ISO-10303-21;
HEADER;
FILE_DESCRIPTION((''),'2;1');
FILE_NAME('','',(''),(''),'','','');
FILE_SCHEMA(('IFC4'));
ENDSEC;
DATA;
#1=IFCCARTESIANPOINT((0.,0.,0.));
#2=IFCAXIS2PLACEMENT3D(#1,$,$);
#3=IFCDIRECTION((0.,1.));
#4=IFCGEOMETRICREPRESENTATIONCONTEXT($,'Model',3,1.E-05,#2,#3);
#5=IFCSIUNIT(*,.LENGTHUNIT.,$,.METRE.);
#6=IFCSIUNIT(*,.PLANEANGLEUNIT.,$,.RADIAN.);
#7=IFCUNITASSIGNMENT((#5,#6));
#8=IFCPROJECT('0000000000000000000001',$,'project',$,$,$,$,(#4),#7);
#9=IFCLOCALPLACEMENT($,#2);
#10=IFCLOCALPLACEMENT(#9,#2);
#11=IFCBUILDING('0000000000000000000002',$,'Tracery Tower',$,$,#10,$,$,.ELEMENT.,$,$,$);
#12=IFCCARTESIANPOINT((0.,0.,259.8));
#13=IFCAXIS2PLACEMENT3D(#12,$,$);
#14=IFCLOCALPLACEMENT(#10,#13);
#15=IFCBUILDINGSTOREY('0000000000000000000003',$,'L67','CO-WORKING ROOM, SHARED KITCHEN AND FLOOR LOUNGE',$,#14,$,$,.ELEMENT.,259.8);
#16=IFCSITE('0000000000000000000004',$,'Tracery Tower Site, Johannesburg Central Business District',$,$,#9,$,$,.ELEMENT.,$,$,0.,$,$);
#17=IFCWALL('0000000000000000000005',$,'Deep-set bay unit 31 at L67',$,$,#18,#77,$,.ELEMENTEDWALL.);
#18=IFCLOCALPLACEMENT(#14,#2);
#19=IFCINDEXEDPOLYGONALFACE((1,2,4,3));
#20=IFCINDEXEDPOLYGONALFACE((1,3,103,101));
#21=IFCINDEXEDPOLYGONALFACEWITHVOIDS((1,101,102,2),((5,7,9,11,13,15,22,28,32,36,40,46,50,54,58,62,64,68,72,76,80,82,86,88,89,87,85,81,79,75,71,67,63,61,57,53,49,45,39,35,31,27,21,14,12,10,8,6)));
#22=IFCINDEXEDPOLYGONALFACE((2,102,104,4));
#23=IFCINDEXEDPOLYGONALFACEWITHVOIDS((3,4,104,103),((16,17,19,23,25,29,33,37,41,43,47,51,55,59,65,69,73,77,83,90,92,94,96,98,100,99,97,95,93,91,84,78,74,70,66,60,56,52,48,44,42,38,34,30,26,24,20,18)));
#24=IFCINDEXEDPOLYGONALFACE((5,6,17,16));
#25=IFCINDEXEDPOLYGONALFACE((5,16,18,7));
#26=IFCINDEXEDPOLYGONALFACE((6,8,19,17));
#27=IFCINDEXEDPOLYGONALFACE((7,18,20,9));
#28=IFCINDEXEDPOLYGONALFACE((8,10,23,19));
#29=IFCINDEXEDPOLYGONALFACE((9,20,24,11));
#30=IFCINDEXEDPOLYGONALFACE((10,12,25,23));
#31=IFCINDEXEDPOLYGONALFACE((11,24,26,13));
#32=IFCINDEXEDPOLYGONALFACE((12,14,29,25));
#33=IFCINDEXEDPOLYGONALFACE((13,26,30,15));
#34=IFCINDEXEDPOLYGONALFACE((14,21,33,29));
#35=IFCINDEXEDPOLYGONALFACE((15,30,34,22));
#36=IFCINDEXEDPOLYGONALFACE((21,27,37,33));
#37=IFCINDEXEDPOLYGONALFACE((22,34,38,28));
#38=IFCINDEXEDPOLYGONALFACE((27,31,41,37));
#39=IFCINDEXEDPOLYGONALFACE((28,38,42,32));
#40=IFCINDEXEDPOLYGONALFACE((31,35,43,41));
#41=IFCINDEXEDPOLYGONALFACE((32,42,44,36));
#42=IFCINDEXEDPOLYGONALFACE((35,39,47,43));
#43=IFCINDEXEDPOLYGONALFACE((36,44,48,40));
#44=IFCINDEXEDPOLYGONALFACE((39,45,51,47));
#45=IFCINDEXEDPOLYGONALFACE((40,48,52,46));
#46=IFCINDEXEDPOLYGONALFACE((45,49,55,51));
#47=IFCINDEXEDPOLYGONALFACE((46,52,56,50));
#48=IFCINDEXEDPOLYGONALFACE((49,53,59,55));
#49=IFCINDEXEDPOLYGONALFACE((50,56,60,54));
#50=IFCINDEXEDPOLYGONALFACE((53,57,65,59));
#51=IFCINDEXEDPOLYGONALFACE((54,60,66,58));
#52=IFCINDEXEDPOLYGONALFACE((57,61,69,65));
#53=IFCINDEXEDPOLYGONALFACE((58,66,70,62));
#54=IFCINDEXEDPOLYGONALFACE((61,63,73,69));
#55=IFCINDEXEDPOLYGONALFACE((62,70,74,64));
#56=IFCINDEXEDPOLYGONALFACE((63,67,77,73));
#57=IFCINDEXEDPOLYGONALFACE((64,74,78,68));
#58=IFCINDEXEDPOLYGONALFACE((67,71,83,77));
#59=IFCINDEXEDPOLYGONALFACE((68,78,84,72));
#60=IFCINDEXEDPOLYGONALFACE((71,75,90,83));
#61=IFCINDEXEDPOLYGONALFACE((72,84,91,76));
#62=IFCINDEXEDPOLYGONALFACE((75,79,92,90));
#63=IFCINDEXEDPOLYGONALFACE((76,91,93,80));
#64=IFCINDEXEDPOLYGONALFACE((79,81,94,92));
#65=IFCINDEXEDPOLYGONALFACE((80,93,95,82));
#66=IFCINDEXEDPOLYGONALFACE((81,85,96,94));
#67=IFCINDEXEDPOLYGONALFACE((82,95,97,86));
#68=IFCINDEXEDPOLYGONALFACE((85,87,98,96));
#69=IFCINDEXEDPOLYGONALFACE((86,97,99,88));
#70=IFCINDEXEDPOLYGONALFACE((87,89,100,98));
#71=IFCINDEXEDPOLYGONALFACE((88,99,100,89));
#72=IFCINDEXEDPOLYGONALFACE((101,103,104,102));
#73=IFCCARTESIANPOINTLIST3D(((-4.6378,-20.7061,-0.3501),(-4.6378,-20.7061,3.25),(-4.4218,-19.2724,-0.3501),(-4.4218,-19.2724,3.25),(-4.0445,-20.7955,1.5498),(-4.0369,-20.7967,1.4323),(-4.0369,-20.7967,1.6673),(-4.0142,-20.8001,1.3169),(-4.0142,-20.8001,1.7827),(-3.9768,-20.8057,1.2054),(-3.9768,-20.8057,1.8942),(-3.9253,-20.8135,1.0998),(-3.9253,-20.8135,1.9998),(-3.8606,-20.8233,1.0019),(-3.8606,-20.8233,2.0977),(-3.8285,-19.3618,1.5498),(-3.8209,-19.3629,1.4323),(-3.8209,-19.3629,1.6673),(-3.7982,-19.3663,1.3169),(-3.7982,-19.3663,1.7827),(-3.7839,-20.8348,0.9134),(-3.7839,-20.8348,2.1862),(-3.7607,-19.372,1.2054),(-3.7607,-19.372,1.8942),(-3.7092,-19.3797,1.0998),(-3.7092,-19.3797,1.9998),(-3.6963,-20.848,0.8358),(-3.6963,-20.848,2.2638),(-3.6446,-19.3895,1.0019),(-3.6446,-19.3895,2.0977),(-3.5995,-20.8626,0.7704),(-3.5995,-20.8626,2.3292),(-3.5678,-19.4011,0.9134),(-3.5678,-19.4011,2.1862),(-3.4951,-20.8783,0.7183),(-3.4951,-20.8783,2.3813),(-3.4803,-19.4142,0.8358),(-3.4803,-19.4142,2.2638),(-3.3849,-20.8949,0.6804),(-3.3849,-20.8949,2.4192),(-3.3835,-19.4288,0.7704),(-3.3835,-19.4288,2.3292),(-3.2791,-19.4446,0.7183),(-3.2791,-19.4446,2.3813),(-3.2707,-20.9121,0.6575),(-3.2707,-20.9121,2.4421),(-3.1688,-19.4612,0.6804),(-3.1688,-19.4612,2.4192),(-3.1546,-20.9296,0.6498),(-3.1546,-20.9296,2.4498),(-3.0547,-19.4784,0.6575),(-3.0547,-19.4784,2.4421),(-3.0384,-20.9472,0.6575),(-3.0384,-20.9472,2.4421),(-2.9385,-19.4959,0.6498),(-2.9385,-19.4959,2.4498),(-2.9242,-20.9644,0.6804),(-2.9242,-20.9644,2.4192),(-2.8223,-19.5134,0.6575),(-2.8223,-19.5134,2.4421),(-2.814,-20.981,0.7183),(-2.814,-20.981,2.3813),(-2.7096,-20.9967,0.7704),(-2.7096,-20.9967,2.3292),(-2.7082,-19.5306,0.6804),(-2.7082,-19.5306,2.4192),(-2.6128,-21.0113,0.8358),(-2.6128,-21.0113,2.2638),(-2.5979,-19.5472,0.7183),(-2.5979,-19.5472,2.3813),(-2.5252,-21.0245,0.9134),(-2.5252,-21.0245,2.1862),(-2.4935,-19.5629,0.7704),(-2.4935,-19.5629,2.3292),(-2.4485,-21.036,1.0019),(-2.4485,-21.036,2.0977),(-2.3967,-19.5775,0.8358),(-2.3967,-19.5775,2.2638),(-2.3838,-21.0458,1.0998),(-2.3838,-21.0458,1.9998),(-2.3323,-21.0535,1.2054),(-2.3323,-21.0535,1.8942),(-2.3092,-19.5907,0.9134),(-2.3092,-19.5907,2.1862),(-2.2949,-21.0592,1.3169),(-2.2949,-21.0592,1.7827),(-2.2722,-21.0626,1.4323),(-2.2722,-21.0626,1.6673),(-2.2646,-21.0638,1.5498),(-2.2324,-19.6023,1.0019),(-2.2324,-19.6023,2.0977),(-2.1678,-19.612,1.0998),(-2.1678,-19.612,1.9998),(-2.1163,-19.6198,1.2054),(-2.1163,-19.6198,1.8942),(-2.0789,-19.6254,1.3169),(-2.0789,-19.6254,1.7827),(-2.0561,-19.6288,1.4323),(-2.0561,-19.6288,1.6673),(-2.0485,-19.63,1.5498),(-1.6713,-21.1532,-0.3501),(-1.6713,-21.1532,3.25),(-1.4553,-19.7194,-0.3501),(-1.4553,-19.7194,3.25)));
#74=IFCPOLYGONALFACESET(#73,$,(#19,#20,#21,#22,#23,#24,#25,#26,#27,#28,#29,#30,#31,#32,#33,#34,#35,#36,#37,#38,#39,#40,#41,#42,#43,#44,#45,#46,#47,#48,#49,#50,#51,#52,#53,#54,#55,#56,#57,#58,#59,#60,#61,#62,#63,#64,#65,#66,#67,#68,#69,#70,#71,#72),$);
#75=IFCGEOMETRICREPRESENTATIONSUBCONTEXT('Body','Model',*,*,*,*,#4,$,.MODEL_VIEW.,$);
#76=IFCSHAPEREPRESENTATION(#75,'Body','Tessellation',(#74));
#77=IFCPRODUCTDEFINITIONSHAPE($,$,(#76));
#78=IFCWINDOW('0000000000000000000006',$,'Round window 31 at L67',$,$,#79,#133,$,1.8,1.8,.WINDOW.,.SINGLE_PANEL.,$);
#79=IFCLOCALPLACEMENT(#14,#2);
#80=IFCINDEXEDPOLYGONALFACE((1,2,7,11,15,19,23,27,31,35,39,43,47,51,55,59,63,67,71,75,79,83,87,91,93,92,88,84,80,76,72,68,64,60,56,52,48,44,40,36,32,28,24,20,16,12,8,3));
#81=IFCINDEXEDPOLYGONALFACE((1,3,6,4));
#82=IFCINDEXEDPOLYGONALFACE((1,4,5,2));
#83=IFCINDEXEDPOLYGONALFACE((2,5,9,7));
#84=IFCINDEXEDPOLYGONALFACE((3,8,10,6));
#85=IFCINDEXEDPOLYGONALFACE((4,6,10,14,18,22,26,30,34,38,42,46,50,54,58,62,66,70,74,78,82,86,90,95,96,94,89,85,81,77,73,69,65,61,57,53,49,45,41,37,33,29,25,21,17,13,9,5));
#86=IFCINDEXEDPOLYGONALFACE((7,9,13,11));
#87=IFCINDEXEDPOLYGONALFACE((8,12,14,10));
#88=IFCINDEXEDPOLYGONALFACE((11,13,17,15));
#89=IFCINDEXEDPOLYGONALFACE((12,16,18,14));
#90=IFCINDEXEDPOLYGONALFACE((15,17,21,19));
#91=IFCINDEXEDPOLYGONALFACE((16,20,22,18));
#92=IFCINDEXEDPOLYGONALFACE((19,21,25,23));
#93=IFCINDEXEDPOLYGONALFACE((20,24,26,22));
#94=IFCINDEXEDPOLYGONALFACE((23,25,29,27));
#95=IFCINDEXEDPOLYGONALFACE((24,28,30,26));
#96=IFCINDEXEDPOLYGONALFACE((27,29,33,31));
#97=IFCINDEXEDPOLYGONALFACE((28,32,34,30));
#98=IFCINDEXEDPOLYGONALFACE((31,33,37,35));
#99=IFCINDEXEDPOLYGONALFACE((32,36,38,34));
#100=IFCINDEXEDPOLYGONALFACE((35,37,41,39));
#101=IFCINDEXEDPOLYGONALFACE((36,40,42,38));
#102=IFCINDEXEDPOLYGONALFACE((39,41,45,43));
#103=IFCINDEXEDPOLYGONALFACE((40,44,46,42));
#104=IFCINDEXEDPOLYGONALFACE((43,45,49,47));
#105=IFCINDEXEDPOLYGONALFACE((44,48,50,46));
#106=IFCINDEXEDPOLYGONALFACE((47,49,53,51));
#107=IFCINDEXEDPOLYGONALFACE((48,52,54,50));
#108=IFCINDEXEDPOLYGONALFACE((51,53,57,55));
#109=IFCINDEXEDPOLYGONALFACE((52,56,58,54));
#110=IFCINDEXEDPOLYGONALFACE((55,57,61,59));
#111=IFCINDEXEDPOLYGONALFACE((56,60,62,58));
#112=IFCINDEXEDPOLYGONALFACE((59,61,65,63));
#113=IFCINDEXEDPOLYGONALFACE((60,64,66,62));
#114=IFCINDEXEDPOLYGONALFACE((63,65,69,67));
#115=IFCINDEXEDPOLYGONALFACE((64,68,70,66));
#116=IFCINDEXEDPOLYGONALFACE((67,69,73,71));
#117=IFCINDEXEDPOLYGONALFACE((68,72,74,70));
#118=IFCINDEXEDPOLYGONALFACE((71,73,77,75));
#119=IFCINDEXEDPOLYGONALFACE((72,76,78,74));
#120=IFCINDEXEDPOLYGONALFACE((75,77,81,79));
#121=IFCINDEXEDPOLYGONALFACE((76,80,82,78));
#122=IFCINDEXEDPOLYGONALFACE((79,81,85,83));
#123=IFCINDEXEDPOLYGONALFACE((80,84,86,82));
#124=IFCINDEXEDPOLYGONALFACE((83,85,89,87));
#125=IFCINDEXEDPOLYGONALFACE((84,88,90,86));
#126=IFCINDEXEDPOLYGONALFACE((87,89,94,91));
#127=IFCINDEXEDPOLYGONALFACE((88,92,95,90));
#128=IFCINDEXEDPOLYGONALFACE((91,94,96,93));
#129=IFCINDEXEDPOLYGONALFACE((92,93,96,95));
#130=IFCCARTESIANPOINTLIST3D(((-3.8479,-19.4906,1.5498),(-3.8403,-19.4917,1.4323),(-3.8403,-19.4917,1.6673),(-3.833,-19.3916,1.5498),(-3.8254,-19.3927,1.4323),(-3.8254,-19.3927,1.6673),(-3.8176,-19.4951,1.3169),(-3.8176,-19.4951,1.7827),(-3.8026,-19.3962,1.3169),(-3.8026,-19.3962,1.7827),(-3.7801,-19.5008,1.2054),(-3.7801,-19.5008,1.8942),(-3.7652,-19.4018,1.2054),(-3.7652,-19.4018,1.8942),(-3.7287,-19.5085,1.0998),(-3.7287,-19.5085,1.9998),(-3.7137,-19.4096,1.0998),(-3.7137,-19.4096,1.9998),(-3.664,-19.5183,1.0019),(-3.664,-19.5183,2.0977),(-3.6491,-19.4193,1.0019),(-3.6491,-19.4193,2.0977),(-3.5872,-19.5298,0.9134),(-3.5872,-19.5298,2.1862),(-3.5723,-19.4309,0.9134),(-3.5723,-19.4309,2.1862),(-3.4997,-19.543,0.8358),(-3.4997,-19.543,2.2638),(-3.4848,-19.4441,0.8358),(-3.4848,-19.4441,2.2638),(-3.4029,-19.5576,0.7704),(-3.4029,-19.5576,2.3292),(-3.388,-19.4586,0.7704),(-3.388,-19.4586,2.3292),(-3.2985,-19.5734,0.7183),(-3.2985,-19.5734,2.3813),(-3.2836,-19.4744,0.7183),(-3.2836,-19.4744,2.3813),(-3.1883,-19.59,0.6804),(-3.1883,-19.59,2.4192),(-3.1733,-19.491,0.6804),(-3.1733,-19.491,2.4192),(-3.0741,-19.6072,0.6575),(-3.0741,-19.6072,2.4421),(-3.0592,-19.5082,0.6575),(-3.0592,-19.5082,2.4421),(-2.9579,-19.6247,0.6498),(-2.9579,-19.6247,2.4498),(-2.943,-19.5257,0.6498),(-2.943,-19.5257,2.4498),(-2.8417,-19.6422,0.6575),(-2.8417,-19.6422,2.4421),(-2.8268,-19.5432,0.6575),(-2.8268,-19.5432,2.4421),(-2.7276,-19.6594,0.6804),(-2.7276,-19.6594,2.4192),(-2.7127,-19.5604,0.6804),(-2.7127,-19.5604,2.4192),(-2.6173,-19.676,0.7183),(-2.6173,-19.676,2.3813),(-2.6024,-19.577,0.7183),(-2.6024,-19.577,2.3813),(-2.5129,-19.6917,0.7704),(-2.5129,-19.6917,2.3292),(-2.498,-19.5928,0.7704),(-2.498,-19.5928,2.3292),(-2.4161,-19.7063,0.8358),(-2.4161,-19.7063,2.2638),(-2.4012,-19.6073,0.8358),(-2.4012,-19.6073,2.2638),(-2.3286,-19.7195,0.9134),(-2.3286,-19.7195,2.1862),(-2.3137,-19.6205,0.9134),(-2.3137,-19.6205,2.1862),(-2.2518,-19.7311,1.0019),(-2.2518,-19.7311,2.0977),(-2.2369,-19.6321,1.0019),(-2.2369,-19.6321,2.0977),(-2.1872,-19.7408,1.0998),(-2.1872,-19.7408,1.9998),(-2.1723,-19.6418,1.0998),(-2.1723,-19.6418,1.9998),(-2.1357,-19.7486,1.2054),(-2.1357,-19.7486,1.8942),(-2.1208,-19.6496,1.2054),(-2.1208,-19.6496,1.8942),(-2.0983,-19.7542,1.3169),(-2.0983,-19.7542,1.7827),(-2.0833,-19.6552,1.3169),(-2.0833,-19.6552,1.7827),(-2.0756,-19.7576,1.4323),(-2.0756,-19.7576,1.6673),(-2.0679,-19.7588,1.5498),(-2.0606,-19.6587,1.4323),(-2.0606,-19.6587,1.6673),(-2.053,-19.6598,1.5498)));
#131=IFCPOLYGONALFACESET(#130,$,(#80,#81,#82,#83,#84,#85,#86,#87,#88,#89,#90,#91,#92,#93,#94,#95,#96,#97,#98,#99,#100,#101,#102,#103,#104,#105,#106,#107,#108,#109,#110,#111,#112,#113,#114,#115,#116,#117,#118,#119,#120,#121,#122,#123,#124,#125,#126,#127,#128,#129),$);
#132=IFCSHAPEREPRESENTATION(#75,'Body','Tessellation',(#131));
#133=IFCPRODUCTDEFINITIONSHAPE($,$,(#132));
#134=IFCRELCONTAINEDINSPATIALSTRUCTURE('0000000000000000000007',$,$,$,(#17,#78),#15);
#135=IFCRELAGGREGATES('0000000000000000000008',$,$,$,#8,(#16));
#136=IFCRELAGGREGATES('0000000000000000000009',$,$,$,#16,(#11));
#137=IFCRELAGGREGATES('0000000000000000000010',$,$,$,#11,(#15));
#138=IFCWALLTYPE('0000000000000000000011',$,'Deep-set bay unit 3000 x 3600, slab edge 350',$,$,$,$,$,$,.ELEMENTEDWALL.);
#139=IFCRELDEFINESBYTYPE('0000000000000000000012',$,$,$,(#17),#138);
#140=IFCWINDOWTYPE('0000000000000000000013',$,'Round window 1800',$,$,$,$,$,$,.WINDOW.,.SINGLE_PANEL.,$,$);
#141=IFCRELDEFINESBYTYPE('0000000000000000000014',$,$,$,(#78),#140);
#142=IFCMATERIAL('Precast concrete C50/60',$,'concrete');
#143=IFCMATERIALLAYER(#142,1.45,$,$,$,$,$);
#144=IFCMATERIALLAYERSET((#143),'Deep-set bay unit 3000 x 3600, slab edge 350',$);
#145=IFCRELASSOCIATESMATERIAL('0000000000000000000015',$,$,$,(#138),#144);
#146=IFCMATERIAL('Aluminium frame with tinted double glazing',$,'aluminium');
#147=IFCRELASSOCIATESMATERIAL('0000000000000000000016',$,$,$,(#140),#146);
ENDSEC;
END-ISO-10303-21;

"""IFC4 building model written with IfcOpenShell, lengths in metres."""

from ifc_helpers import new_model, si_unit, direction, frame, frame_2d, origin, origin_2d, place, context, subcontext, project, spatial, rectangle, circle, extrude, material, layer, layer_set, type_object, element, fill, save


model = new_model("IFC4")

# Units and contexts
model_context = context("Model", 3, precision=1e-05, world=origin(), true_north=direction((0.0, 1.0)))
body_context = subcontext(model_context, "Body", "Model", "MODEL_VIEW")
ifc_project = project(units=[si_unit("LENGTHUNIT", "METRE"), si_unit("PLANEANGLEUNIT", "RADIAN")], contexts=[model_context])

# Site, building, storey
site_placement = place(None, origin())
site = spatial("IfcSite", under=ifc_project, at=site_placement, Name="Tracery Tower Site, Johannesburg Central Business District", CompositionType="ELEMENT", RefElevation=0.0)
building_placement = place(site_placement, origin())
building = spatial("IfcBuilding", under=site, at=building_placement, Name="Tracery Tower", CompositionType="ELEMENT")
storey_placement = place(building_placement, frame((0.0, 0.0, 259.8)))
storey = spatial("IfcBuildingStorey", under=building, at=storey_placement, Name="L67", Description="CO-WORKING ROOM, SHARED KITCHEN AND FLOOR LOUNGE", CompositionType="ELEMENT", Elevation=259.8)

# Wall, opening, window
ifc_material_1 = material(Name="Precast concrete C50/60", Category="concrete")
ifc_layer_1 = layer(ifc_material_1, 1.45)
ifc_layer_set_1 = layer_set([ifc_layer_1], Name="Deep-set bay unit 3000 x 3600, slab edge 350")
wall_type_1 = type_object("IfcWallType", Name="Deep-set bay unit 3000 x 3600, slab edge 350", PredefinedType="ELEMENTEDWALL", material=ifc_layer_set_1)
wall_1_placement = place(storey_placement, frame((-4.5298, -19.9893, -0.3501), z_axis=(0.0, 0.0, 1.0), x_axis=(0.988836, -0.149005, 0.0)))
wall_1 = element("IfcWall", 1, at=wall_1_placement, inside=storey, type_object=wall_type_1, Name="Deep-set bay unit 31 at L67", PredefinedType="ELEMENTEDWALL", context=body_context, shape_type="SweptSolid", body=[
    extrude(rectangle(XDim=3.0, YDim=1.45, at=frame_2d((1.5, 0.0))), origin(), (0.0, 0.0, 1.0), 3.6001),
])
opening_1_placement = place(wall_1_placement, frame((1.5, 0.0, 1.8999)))
opening_1 = element("IfcOpeningElement", 2, at=opening_1_placement, cuts=wall_1, PredefinedType="OPENING", context=body_context, shape_type="SweptSolid", body=[
    extrude(circle(Radius=0.9, at=origin_2d()), frame((0.0, 0.7349, 0.0), z_axis=(0.0, -1.0, 0.0), x_axis=(1.0, 0.0, 0.0)), (0.0, 0.0, 1.0), 1.47),
])
ifc_material_2 = material(Name="Aluminium frame with tinted double glazing", Category="aluminium")
window_type = type_object("IfcWindowType", Name="Round window 1800", PartitioningType="SINGLE_PANEL", PredefinedType="WINDOW", material=ifc_material_2)
window_1_placement = place(opening_1_placement, origin())
window_1 = element("IfcWindow", 3, at=window_1_placement, inside=storey, type_object=window_type, Name="Round window 31 at L67", OverallHeight=1.8, OverallWidth=1.8, PartitioningType="SINGLE_PANEL", PredefinedType="WINDOW", context=body_context, shape_type="SweptSolid", body=[
    extrude(circle(Radius=0.9, at=origin_2d()), frame((0.0, 0.6948, 0.0), z_axis=(0.0, -1.0, 0.0), x_axis=(1.0, 0.0, 0.0)), (0.0, 0.0, 1.0), 0.1001),
])
fill(opening_1, window_1)

save(model, "model.ifc")
